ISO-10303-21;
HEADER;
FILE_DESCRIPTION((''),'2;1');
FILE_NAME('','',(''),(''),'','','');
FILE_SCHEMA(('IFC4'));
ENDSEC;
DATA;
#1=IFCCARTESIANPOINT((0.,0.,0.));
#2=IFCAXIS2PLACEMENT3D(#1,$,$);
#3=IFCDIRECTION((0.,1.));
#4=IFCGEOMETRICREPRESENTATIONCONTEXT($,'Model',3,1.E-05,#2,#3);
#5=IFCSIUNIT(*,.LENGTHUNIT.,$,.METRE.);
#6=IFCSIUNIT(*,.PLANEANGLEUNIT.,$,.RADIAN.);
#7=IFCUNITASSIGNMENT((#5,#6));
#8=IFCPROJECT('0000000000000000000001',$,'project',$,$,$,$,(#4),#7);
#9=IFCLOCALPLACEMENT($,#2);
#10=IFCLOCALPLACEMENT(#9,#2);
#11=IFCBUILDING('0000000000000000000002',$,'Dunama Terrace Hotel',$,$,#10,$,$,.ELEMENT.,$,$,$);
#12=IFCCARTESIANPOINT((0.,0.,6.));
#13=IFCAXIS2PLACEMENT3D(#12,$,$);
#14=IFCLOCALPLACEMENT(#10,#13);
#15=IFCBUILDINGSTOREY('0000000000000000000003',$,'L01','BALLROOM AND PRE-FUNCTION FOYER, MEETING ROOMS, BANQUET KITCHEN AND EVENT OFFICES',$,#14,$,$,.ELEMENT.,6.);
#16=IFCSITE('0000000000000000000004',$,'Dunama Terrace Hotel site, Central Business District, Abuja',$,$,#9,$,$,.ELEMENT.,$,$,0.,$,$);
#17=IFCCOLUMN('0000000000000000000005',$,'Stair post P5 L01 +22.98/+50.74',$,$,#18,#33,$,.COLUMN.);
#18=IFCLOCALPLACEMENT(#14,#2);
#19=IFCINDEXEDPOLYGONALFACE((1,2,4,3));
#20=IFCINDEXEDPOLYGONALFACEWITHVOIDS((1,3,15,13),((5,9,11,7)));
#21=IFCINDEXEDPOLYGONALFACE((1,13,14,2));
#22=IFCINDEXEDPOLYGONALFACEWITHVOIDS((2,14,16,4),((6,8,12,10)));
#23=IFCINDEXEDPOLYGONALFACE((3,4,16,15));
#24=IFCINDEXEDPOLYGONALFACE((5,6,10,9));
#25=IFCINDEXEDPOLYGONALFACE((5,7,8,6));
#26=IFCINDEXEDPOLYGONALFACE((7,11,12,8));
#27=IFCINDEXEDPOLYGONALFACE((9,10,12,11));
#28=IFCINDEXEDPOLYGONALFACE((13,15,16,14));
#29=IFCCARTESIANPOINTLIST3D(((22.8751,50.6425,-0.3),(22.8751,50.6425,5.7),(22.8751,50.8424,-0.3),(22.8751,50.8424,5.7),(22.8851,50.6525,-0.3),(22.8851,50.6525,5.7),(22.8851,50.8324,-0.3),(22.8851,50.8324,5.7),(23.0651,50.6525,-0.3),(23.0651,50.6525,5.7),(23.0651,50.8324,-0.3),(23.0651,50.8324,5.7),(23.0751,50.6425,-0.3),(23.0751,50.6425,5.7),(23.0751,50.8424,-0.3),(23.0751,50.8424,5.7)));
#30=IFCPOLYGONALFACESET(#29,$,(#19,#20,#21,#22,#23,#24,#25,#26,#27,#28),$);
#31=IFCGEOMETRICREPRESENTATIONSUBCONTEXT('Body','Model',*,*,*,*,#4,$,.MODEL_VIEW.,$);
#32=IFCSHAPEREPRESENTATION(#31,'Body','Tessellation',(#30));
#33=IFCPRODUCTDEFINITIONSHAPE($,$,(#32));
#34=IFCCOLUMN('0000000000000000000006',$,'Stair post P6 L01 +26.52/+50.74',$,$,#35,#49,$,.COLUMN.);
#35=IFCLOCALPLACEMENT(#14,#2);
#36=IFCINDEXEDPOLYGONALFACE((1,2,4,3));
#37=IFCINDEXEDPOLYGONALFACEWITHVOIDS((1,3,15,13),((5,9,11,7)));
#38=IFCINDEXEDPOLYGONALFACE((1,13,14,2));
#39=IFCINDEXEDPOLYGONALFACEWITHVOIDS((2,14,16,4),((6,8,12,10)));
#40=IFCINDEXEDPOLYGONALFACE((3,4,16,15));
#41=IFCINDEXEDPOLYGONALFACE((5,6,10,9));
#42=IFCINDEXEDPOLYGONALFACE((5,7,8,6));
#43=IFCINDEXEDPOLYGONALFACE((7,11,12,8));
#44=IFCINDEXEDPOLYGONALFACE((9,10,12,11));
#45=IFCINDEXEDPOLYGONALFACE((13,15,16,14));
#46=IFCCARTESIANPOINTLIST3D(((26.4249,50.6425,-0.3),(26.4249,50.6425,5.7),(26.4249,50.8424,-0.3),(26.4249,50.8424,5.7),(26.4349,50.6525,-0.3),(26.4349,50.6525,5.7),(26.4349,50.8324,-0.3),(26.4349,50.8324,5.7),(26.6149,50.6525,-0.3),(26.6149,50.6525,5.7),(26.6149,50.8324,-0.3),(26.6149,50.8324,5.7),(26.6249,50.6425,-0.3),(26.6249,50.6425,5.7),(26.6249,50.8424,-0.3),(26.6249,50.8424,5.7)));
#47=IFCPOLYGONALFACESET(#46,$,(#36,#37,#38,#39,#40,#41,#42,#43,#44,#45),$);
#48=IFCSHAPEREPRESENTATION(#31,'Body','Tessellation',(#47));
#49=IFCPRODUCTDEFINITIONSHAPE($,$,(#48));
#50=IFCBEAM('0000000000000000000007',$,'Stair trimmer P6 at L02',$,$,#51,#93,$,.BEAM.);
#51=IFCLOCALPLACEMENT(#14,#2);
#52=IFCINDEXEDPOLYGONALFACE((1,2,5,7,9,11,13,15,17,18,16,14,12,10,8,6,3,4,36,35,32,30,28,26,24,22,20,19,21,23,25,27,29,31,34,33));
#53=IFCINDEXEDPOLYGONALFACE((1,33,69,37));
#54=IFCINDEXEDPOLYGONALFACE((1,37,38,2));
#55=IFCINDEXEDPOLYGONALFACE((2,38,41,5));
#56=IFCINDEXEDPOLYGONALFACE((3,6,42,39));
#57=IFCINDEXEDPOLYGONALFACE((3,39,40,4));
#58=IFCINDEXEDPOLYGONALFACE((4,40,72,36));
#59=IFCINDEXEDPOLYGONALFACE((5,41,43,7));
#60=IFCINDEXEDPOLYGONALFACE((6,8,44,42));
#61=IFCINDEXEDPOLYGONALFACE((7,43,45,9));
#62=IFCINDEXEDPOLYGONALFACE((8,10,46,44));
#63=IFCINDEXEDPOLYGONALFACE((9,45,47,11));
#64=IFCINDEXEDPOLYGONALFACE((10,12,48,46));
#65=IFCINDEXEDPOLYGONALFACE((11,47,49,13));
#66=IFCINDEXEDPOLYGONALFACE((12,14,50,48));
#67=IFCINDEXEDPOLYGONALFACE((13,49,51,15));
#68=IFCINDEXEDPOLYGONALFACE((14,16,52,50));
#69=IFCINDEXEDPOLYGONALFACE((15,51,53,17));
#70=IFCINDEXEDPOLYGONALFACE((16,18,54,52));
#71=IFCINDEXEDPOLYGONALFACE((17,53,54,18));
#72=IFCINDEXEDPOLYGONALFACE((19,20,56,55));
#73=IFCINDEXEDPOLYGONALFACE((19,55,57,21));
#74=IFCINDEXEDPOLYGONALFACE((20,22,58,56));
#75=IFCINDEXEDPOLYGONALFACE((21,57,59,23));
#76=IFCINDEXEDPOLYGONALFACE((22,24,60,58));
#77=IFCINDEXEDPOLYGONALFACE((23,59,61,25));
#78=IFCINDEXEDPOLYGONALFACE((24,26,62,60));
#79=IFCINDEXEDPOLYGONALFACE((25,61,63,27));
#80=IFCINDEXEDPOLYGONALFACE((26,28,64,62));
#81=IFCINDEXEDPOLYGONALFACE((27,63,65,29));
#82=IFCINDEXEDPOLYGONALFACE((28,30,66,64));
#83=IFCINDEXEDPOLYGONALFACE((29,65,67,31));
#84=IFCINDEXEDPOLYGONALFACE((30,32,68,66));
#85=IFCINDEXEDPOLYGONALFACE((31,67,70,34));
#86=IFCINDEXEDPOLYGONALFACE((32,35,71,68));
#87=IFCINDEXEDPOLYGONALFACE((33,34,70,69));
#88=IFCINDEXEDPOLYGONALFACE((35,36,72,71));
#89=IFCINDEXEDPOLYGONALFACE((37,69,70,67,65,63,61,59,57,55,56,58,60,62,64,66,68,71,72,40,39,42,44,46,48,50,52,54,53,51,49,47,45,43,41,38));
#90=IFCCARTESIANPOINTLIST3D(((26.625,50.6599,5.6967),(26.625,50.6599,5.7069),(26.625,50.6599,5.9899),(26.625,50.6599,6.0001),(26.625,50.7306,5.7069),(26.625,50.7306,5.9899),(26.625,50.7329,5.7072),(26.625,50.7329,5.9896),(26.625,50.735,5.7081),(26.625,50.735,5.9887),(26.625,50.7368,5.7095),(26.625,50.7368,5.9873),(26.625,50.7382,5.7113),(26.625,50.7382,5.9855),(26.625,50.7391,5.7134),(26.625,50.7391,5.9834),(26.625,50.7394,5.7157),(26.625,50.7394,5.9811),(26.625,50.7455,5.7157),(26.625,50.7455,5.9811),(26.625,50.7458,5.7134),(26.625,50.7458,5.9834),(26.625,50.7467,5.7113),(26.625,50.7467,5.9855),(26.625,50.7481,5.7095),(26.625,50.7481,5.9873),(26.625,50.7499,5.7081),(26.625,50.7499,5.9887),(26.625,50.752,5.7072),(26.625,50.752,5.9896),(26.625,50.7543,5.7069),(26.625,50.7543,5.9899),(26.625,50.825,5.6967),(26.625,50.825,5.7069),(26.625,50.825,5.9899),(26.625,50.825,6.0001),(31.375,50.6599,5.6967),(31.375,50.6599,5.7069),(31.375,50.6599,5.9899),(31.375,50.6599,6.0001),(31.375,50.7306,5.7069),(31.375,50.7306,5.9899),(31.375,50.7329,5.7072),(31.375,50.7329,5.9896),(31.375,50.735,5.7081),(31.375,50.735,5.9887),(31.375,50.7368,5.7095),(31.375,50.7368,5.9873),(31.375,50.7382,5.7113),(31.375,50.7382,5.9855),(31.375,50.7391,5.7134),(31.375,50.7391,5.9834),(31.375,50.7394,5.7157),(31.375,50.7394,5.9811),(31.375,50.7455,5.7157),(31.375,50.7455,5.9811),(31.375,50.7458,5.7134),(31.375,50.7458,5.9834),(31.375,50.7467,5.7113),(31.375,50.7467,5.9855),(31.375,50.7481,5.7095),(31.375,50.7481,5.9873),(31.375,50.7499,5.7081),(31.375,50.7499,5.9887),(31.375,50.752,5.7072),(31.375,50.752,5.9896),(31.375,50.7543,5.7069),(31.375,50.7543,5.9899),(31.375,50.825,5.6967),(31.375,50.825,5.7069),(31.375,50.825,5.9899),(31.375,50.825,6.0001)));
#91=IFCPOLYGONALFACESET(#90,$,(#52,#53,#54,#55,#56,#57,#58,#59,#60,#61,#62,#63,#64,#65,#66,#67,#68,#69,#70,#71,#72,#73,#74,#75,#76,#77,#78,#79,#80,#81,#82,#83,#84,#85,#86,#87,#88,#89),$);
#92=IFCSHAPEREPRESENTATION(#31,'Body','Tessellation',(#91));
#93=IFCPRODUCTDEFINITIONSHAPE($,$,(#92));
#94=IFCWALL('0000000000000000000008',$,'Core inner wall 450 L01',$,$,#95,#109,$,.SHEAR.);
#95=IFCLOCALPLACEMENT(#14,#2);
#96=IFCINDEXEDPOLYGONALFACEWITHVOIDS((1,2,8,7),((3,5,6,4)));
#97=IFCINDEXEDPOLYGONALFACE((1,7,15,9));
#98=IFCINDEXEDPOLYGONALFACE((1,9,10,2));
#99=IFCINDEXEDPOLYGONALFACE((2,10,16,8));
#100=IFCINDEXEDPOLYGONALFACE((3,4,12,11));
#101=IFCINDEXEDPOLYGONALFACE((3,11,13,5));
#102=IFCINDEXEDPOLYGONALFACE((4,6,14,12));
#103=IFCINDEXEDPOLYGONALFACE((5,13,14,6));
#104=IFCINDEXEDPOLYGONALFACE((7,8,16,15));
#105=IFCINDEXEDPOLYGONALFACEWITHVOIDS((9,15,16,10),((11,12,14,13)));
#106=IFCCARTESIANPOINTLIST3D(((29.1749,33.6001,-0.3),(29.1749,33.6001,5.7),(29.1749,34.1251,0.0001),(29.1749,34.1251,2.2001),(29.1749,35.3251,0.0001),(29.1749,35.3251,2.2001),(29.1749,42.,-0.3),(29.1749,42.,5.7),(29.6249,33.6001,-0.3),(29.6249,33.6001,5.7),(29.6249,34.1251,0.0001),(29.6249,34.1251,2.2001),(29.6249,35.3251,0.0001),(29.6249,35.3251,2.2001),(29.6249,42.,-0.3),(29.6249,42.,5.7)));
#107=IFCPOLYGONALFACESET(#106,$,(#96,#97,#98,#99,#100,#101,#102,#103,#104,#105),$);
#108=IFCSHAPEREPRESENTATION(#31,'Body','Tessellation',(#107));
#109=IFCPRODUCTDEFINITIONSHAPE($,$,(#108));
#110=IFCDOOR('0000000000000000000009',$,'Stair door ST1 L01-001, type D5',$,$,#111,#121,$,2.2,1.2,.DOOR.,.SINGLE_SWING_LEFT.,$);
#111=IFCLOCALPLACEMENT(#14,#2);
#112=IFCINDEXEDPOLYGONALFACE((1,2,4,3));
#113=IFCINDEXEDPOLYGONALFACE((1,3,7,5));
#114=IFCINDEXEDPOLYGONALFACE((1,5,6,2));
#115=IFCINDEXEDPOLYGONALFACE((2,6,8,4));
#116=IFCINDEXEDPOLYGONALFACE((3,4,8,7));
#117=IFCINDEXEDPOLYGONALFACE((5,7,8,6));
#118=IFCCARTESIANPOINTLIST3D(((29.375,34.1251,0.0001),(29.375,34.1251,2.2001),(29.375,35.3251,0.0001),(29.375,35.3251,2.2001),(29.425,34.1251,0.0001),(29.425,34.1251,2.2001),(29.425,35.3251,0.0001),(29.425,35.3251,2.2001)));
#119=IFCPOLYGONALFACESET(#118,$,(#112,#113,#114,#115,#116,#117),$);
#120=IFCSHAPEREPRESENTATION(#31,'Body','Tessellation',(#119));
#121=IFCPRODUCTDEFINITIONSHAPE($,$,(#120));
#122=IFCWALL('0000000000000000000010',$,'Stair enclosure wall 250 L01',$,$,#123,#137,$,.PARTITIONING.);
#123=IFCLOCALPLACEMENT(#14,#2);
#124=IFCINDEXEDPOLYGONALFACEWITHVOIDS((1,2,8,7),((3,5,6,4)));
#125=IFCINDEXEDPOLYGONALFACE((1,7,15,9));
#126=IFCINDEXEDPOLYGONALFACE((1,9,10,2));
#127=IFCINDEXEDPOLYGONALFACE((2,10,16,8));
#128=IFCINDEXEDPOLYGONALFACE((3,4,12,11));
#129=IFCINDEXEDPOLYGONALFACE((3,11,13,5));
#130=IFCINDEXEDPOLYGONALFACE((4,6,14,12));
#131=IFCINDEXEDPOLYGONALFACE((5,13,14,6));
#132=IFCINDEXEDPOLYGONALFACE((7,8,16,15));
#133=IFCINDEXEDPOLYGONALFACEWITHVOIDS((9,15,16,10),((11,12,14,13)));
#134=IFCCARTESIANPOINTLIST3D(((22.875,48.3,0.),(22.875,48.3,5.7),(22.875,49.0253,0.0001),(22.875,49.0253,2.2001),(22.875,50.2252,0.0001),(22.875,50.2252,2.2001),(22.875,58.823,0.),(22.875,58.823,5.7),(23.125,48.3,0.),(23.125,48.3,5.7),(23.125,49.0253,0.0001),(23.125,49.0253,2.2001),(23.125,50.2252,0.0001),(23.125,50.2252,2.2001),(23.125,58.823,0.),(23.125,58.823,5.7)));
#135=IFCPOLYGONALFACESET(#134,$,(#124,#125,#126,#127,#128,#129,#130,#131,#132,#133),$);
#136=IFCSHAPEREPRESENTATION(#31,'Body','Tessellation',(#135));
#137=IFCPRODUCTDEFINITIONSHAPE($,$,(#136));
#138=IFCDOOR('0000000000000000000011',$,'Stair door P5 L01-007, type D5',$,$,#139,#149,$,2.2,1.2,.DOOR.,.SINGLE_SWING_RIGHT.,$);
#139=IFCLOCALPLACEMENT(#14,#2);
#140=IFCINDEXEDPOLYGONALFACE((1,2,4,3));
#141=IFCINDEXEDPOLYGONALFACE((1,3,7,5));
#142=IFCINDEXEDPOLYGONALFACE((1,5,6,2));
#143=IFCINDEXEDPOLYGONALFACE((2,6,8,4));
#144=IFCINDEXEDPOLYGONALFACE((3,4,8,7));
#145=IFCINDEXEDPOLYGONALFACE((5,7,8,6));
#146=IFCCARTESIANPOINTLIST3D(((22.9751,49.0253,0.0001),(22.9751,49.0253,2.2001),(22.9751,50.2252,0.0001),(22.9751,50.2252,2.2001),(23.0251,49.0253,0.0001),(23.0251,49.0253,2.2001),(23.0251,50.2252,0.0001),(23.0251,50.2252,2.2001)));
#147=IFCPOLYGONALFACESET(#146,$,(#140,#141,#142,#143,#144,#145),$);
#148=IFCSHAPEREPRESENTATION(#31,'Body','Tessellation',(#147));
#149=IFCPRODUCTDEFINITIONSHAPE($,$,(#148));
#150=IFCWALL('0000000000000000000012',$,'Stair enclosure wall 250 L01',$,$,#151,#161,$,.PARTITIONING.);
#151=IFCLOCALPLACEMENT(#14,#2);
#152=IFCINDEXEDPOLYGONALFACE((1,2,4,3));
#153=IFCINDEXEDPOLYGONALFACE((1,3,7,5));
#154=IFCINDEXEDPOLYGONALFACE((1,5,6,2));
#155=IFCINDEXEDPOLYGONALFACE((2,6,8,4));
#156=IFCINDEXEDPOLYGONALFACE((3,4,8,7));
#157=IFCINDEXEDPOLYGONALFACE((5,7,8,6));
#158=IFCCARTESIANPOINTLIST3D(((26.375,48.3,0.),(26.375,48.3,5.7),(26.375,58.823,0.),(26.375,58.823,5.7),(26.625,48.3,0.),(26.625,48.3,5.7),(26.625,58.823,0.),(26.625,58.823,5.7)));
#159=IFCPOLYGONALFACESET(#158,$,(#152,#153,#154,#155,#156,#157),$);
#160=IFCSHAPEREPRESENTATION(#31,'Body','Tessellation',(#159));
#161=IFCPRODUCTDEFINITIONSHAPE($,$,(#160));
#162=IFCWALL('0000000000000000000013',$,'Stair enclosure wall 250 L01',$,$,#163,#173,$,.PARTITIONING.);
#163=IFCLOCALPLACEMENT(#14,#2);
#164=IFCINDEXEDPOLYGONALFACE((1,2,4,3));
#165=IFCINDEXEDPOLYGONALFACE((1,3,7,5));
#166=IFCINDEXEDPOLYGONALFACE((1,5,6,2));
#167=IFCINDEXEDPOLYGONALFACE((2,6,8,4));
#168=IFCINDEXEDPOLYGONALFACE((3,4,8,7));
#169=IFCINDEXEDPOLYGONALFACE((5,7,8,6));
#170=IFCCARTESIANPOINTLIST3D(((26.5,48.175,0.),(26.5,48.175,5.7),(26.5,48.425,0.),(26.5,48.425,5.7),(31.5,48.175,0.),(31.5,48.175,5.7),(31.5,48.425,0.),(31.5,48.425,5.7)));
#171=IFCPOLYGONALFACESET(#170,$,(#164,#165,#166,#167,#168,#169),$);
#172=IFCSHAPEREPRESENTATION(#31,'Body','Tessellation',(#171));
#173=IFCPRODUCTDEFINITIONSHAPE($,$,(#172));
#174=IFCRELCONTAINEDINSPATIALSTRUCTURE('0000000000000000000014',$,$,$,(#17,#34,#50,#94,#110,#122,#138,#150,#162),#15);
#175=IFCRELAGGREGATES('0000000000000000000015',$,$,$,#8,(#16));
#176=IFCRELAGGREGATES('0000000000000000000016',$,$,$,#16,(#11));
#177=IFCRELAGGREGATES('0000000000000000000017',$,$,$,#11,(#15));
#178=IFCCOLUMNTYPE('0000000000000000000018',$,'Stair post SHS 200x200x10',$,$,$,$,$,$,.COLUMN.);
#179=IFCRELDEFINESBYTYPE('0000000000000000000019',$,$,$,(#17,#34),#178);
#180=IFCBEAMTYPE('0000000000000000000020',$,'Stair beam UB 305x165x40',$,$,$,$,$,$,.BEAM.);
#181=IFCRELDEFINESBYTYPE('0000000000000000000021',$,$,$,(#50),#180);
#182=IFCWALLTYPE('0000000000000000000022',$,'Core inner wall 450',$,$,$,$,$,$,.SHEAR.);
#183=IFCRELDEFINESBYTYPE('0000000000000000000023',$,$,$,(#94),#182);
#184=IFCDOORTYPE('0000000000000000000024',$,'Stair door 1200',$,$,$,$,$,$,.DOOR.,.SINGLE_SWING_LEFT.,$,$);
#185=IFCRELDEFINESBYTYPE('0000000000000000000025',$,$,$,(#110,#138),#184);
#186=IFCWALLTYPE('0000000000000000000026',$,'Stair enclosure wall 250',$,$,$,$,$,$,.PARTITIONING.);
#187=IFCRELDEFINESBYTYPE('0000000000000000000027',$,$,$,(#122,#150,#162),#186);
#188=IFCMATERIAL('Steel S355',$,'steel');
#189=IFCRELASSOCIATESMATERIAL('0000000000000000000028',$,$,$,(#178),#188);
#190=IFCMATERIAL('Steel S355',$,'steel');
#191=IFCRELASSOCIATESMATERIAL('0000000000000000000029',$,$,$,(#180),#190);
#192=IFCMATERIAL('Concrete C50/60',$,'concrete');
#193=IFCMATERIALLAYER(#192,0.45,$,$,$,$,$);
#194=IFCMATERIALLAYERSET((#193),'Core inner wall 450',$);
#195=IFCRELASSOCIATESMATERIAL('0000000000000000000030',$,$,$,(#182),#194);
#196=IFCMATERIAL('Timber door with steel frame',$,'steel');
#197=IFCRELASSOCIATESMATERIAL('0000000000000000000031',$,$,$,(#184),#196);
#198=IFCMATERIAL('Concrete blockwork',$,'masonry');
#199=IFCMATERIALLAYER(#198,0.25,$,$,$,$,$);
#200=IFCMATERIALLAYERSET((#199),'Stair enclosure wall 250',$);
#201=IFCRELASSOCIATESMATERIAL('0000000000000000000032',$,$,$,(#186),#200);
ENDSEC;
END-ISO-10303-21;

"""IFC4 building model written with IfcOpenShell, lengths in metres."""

from ifc_helpers import new_model, si_unit, direction, frame, frame_2d, origin, origin_2d, place, context, subcontext, project, spatial, rectangle, hollow_rectangle, i_section, extrude, material, layer, layer_set, material_profile, profile_set, type_object, element, fill, save


model = new_model("IFC4")

# Units and contexts
model_context = context("Model", 3, precision=1e-05, world=origin(), true_north=direction((0.0, 1.0)))
body_context = subcontext(model_context, "Body", "Model", "MODEL_VIEW")
ifc_project = project(units=[si_unit("LENGTHUNIT", "METRE"), si_unit("PLANEANGLEUNIT", "RADIAN")], contexts=[model_context])

# Site, building, storey
site_placement = place(None, origin())
site = spatial("IfcSite", under=ifc_project, at=site_placement, Name="Dunama Terrace Hotel site, Central Business District, Abuja", CompositionType="ELEMENT", RefElevation=0.0)
building_placement = place(site_placement, origin())
building = spatial("IfcBuilding", under=site, at=building_placement, Name="Dunama Terrace Hotel", CompositionType="ELEMENT")
storey_placement = place(building_placement, frame((0.0, 0.0, 6.0)))
storey = spatial("IfcBuildingStorey", under=building, at=storey_placement, Name="L01", Description="BALLROOM AND PRE-FUNCTION FOYER, MEETING ROOMS, BANQUET KITCHEN AND EVENT OFFICES", CompositionType="ELEMENT", Elevation=6.0)

# Columns
ifc_material_1 = material(Name="Steel S355", Category="steel")
ifc_material_profile_1 = material_profile(ifc_material_1, hollow_rectangle(XDim=0.2, YDim=0.2, WallThickness=0.01, at=origin_2d()), Name="SHS 200x200x10")
ifc_profile_set_1 = profile_set([ifc_material_profile_1], Name="Steel S355")
column_type = type_object("IfcColumnType", Name="Stair post SHS 200x200x10", PredefinedType="COLUMN", material=ifc_profile_set_1)
for number, where, z_axis, x_axis, name in (
    (1, (22.9751, 50.7424, -0.3), (0.0, 0.0, 1.0), (1.0, 0.0, 0.0), "Stair post P5 L01 +22.98/+50.74"),
    (2, (26.5249, 50.7424, -0.3), (0.0, 0.0, 1.0), (1.0, 0.0, 0.0), "Stair post P6 L01 +26.52/+50.74"),
):
    element("IfcColumn", number, at=place(storey_placement, frame(where, z_axis=z_axis, x_axis=x_axis)), inside=storey, type_object=column_type, Name=name, PredefinedType="COLUMN", context=body_context, shape_type="SweptSolid", body=[
        extrude(hollow_rectangle(XDim=0.2, YDim=0.2, WallThickness=0.01, at=origin_2d()), origin(), (0.0, 0.0, 1.0), 6.0),
    ])

# Beam
ifc_material_2 = material(Name="Steel S355", Category="steel")
ifc_material_profile_2 = material_profile(ifc_material_2, i_section(OverallWidth=0.165, OverallDepth=0.3035, WebThickness=0.0061, FlangeThickness=0.0103, FilletRadius=0.0088, at=origin_2d()), Name="UB 305x165x40")
ifc_profile_set_2 = profile_set([ifc_material_profile_2], Name="Steel S355")
beam_type = type_object("IfcBeamType", Name="Stair beam UB 305x165x40", PredefinedType="BEAM", material=ifc_profile_set_2)
beam_placement = place(storey_placement, frame((26.625, 50.7424, 5.8484), z_axis=(1.0, 0.0, 0.0), x_axis=(0.0, 1.0, 0.0)))
element("IfcBeam", 3, at=beam_placement, inside=storey, type_object=beam_type, Name="Stair trimmer P6 at L02", PredefinedType="BEAM", context=body_context, shape_type="SweptSolid", body=[
    extrude(i_section(OverallWidth=0.165, OverallDepth=0.3035, WebThickness=0.0061, FlangeThickness=0.0103, FilletRadius=0.0088, at=origin_2d()), origin(), (0.0, 0.0, 1.0), 4.75),
])

# Walls, openings, doors
ifc_material_3 = material(Name="Concrete C50/60", Category="concrete")
ifc_layer_1 = layer(ifc_material_3, 0.45)
ifc_layer_set_1 = layer_set([ifc_layer_1], Name="Core inner wall 450")
wall_type_1 = type_object("IfcWallType", Name="Core inner wall 450", PredefinedType="SHEAR", material=ifc_layer_set_1)
wall_1_placement = place(storey_placement, frame((29.3999, 33.6001, -0.3), z_axis=(0.0, 0.0, 1.0), x_axis=(0.0, 1.0, 0.0)))
wall_1 = element("IfcWall", 4, at=wall_1_placement, inside=storey, type_object=wall_type_1, Name="Core inner wall 450 L01", PredefinedType="SHEAR", context=body_context, shape_type="SweptSolid", body=[
    extrude(rectangle(XDim=8.3999, YDim=0.45, at=frame_2d((4.2, 0.0))), origin(), (0.0, 0.0, 1.0), 6.0),
])
opening_1_placement = place(wall_1_placement, frame((0.5249, 0.0, 0.3)))
opening_1 = element("IfcOpeningElement", 5, at=opening_1_placement, cuts=wall_1, PredefinedType="OPENING", context=body_context, shape_type="SweptSolid", body=[
    extrude(rectangle(XDim=1.2, YDim=2.2, at=frame_2d((0.6001, 1.1001))), frame((0.0, 0.2349, 0.0), z_axis=(0.0, -1.0, 0.0), x_axis=(1.0, 0.0, 0.0)), (0.0, 0.0, 1.0), 0.47),
])
ifc_material_4 = material(Name="Timber door with steel frame", Category="steel")
door_type = type_object("IfcDoorType", Name="Stair door 1200", OperationType="SINGLE_SWING_LEFT", PredefinedType="DOOR", material=ifc_material_4)
door_1_placement = place(opening_1_placement, origin())
door_1 = element("IfcDoor", 6, at=door_1_placement, inside=storey, type_object=door_type, Name="Stair door ST1 L01-001, type D5", OperationType="SINGLE_SWING_LEFT", OverallHeight=2.2, OverallWidth=1.2, PredefinedType="DOOR", context=body_context, shape_type="SweptSolid", body=[
    extrude(rectangle(XDim=1.2, YDim=2.2, at=frame_2d((0.6001, 1.1001))), frame((0.0, 0.0249, 0.0), z_axis=(0.0, -1.0, 0.0), x_axis=(1.0, 0.0, 0.0)), (0.0, 0.0, 1.0), 0.05),
])
fill(opening_1, door_1)
ifc_material_5 = material(Name="Concrete blockwork", Category="masonry")
ifc_layer_2 = layer(ifc_material_5, 0.25)
ifc_layer_set_2 = layer_set([ifc_layer_2], Name="Stair enclosure wall 250")
wall_type_2 = type_object("IfcWallType", Name="Stair enclosure wall 250", PredefinedType="PARTITIONING", material=ifc_layer_set_2)
wall_2_placement = place(storey_placement, frame((23.0, 48.3, 0.0), z_axis=(0.0, 0.0, 1.0), x_axis=(0.0, 1.0, 0.0)))
wall_2 = element("IfcWall", 7, at=wall_2_placement, inside=storey, type_object=wall_type_2, Name="Stair enclosure wall 250 L01", PredefinedType="PARTITIONING", context=body_context, shape_type="SweptSolid", body=[
    extrude(rectangle(XDim=10.5229, YDim=0.25, at=frame_2d((5.2615, 0.0))), origin(), (0.0, 0.0, 1.0), 5.7),
])
opening_2_placement = place(wall_2_placement, frame((0.7251, 0.0, 0.0)))
opening_2 = element("IfcOpeningElement", 8, at=opening_2_placement, cuts=wall_2, PredefinedType="OPENING", context=body_context, shape_type="SweptSolid", body=[
    extrude(rectangle(XDim=1.2, YDim=2.2, at=frame_2d((0.6001, 1.1001))), frame((0.0, 0.135, 0.0), z_axis=(0.0, -1.0, 0.0), x_axis=(1.0, 0.0, 0.0)), (0.0, 0.0, 1.0), 0.27),
])
door_2_placement = place(opening_2_placement, origin())
door_2 = element("IfcDoor", 9, at=door_2_placement, inside=storey, type_object=door_type, Name="Stair door P5 L01-007, type D5", OperationType="SINGLE_SWING_RIGHT", OverallHeight=2.2, OverallWidth=1.2, PredefinedType="DOOR", context=body_context, shape_type="SweptSolid", body=[
    extrude(rectangle(XDim=1.2, YDim=2.2, at=frame_2d((0.6001, 1.1001))), frame((0.0, 0.0249, 0.0), z_axis=(0.0, -1.0, 0.0), x_axis=(1.0, 0.0, 0.0)), (0.0, 0.0, 1.0), 0.05),
])
fill(opening_2, door_2)

# Walls
wall_3_placement = place(storey_placement, frame((26.5, 48.3, 0.0), z_axis=(0.0, 0.0, 1.0), x_axis=(0.0, 1.0, 0.0)))
element("IfcWall", 10, at=wall_3_placement, inside=storey, type_object=wall_type_2, Name="Stair enclosure wall 250 L01", PredefinedType="PARTITIONING", context=body_context, shape_type="SweptSolid", body=[
    extrude(rectangle(XDim=10.5229, YDim=0.25, at=frame_2d((5.2615, 0.0))), origin(), (0.0, 0.0, 1.0), 5.7),
])
wall_4_placement = place(storey_placement, frame((26.5, 48.3, 0.0), z_axis=(0.0, 0.0, 1.0), x_axis=(1.0, 0.0, 0.0)))
element("IfcWall", 11, at=wall_4_placement, inside=storey, type_object=wall_type_2, Name="Stair enclosure wall 250 L01", PredefinedType="PARTITIONING", context=body_context, shape_type="SweptSolid", body=[
    extrude(rectangle(XDim=5.0, YDim=0.25, at=frame_2d((2.5, 0.0))), origin(), (0.0, 0.0, 1.0), 5.7),
])

save(model, "model.ifc")
